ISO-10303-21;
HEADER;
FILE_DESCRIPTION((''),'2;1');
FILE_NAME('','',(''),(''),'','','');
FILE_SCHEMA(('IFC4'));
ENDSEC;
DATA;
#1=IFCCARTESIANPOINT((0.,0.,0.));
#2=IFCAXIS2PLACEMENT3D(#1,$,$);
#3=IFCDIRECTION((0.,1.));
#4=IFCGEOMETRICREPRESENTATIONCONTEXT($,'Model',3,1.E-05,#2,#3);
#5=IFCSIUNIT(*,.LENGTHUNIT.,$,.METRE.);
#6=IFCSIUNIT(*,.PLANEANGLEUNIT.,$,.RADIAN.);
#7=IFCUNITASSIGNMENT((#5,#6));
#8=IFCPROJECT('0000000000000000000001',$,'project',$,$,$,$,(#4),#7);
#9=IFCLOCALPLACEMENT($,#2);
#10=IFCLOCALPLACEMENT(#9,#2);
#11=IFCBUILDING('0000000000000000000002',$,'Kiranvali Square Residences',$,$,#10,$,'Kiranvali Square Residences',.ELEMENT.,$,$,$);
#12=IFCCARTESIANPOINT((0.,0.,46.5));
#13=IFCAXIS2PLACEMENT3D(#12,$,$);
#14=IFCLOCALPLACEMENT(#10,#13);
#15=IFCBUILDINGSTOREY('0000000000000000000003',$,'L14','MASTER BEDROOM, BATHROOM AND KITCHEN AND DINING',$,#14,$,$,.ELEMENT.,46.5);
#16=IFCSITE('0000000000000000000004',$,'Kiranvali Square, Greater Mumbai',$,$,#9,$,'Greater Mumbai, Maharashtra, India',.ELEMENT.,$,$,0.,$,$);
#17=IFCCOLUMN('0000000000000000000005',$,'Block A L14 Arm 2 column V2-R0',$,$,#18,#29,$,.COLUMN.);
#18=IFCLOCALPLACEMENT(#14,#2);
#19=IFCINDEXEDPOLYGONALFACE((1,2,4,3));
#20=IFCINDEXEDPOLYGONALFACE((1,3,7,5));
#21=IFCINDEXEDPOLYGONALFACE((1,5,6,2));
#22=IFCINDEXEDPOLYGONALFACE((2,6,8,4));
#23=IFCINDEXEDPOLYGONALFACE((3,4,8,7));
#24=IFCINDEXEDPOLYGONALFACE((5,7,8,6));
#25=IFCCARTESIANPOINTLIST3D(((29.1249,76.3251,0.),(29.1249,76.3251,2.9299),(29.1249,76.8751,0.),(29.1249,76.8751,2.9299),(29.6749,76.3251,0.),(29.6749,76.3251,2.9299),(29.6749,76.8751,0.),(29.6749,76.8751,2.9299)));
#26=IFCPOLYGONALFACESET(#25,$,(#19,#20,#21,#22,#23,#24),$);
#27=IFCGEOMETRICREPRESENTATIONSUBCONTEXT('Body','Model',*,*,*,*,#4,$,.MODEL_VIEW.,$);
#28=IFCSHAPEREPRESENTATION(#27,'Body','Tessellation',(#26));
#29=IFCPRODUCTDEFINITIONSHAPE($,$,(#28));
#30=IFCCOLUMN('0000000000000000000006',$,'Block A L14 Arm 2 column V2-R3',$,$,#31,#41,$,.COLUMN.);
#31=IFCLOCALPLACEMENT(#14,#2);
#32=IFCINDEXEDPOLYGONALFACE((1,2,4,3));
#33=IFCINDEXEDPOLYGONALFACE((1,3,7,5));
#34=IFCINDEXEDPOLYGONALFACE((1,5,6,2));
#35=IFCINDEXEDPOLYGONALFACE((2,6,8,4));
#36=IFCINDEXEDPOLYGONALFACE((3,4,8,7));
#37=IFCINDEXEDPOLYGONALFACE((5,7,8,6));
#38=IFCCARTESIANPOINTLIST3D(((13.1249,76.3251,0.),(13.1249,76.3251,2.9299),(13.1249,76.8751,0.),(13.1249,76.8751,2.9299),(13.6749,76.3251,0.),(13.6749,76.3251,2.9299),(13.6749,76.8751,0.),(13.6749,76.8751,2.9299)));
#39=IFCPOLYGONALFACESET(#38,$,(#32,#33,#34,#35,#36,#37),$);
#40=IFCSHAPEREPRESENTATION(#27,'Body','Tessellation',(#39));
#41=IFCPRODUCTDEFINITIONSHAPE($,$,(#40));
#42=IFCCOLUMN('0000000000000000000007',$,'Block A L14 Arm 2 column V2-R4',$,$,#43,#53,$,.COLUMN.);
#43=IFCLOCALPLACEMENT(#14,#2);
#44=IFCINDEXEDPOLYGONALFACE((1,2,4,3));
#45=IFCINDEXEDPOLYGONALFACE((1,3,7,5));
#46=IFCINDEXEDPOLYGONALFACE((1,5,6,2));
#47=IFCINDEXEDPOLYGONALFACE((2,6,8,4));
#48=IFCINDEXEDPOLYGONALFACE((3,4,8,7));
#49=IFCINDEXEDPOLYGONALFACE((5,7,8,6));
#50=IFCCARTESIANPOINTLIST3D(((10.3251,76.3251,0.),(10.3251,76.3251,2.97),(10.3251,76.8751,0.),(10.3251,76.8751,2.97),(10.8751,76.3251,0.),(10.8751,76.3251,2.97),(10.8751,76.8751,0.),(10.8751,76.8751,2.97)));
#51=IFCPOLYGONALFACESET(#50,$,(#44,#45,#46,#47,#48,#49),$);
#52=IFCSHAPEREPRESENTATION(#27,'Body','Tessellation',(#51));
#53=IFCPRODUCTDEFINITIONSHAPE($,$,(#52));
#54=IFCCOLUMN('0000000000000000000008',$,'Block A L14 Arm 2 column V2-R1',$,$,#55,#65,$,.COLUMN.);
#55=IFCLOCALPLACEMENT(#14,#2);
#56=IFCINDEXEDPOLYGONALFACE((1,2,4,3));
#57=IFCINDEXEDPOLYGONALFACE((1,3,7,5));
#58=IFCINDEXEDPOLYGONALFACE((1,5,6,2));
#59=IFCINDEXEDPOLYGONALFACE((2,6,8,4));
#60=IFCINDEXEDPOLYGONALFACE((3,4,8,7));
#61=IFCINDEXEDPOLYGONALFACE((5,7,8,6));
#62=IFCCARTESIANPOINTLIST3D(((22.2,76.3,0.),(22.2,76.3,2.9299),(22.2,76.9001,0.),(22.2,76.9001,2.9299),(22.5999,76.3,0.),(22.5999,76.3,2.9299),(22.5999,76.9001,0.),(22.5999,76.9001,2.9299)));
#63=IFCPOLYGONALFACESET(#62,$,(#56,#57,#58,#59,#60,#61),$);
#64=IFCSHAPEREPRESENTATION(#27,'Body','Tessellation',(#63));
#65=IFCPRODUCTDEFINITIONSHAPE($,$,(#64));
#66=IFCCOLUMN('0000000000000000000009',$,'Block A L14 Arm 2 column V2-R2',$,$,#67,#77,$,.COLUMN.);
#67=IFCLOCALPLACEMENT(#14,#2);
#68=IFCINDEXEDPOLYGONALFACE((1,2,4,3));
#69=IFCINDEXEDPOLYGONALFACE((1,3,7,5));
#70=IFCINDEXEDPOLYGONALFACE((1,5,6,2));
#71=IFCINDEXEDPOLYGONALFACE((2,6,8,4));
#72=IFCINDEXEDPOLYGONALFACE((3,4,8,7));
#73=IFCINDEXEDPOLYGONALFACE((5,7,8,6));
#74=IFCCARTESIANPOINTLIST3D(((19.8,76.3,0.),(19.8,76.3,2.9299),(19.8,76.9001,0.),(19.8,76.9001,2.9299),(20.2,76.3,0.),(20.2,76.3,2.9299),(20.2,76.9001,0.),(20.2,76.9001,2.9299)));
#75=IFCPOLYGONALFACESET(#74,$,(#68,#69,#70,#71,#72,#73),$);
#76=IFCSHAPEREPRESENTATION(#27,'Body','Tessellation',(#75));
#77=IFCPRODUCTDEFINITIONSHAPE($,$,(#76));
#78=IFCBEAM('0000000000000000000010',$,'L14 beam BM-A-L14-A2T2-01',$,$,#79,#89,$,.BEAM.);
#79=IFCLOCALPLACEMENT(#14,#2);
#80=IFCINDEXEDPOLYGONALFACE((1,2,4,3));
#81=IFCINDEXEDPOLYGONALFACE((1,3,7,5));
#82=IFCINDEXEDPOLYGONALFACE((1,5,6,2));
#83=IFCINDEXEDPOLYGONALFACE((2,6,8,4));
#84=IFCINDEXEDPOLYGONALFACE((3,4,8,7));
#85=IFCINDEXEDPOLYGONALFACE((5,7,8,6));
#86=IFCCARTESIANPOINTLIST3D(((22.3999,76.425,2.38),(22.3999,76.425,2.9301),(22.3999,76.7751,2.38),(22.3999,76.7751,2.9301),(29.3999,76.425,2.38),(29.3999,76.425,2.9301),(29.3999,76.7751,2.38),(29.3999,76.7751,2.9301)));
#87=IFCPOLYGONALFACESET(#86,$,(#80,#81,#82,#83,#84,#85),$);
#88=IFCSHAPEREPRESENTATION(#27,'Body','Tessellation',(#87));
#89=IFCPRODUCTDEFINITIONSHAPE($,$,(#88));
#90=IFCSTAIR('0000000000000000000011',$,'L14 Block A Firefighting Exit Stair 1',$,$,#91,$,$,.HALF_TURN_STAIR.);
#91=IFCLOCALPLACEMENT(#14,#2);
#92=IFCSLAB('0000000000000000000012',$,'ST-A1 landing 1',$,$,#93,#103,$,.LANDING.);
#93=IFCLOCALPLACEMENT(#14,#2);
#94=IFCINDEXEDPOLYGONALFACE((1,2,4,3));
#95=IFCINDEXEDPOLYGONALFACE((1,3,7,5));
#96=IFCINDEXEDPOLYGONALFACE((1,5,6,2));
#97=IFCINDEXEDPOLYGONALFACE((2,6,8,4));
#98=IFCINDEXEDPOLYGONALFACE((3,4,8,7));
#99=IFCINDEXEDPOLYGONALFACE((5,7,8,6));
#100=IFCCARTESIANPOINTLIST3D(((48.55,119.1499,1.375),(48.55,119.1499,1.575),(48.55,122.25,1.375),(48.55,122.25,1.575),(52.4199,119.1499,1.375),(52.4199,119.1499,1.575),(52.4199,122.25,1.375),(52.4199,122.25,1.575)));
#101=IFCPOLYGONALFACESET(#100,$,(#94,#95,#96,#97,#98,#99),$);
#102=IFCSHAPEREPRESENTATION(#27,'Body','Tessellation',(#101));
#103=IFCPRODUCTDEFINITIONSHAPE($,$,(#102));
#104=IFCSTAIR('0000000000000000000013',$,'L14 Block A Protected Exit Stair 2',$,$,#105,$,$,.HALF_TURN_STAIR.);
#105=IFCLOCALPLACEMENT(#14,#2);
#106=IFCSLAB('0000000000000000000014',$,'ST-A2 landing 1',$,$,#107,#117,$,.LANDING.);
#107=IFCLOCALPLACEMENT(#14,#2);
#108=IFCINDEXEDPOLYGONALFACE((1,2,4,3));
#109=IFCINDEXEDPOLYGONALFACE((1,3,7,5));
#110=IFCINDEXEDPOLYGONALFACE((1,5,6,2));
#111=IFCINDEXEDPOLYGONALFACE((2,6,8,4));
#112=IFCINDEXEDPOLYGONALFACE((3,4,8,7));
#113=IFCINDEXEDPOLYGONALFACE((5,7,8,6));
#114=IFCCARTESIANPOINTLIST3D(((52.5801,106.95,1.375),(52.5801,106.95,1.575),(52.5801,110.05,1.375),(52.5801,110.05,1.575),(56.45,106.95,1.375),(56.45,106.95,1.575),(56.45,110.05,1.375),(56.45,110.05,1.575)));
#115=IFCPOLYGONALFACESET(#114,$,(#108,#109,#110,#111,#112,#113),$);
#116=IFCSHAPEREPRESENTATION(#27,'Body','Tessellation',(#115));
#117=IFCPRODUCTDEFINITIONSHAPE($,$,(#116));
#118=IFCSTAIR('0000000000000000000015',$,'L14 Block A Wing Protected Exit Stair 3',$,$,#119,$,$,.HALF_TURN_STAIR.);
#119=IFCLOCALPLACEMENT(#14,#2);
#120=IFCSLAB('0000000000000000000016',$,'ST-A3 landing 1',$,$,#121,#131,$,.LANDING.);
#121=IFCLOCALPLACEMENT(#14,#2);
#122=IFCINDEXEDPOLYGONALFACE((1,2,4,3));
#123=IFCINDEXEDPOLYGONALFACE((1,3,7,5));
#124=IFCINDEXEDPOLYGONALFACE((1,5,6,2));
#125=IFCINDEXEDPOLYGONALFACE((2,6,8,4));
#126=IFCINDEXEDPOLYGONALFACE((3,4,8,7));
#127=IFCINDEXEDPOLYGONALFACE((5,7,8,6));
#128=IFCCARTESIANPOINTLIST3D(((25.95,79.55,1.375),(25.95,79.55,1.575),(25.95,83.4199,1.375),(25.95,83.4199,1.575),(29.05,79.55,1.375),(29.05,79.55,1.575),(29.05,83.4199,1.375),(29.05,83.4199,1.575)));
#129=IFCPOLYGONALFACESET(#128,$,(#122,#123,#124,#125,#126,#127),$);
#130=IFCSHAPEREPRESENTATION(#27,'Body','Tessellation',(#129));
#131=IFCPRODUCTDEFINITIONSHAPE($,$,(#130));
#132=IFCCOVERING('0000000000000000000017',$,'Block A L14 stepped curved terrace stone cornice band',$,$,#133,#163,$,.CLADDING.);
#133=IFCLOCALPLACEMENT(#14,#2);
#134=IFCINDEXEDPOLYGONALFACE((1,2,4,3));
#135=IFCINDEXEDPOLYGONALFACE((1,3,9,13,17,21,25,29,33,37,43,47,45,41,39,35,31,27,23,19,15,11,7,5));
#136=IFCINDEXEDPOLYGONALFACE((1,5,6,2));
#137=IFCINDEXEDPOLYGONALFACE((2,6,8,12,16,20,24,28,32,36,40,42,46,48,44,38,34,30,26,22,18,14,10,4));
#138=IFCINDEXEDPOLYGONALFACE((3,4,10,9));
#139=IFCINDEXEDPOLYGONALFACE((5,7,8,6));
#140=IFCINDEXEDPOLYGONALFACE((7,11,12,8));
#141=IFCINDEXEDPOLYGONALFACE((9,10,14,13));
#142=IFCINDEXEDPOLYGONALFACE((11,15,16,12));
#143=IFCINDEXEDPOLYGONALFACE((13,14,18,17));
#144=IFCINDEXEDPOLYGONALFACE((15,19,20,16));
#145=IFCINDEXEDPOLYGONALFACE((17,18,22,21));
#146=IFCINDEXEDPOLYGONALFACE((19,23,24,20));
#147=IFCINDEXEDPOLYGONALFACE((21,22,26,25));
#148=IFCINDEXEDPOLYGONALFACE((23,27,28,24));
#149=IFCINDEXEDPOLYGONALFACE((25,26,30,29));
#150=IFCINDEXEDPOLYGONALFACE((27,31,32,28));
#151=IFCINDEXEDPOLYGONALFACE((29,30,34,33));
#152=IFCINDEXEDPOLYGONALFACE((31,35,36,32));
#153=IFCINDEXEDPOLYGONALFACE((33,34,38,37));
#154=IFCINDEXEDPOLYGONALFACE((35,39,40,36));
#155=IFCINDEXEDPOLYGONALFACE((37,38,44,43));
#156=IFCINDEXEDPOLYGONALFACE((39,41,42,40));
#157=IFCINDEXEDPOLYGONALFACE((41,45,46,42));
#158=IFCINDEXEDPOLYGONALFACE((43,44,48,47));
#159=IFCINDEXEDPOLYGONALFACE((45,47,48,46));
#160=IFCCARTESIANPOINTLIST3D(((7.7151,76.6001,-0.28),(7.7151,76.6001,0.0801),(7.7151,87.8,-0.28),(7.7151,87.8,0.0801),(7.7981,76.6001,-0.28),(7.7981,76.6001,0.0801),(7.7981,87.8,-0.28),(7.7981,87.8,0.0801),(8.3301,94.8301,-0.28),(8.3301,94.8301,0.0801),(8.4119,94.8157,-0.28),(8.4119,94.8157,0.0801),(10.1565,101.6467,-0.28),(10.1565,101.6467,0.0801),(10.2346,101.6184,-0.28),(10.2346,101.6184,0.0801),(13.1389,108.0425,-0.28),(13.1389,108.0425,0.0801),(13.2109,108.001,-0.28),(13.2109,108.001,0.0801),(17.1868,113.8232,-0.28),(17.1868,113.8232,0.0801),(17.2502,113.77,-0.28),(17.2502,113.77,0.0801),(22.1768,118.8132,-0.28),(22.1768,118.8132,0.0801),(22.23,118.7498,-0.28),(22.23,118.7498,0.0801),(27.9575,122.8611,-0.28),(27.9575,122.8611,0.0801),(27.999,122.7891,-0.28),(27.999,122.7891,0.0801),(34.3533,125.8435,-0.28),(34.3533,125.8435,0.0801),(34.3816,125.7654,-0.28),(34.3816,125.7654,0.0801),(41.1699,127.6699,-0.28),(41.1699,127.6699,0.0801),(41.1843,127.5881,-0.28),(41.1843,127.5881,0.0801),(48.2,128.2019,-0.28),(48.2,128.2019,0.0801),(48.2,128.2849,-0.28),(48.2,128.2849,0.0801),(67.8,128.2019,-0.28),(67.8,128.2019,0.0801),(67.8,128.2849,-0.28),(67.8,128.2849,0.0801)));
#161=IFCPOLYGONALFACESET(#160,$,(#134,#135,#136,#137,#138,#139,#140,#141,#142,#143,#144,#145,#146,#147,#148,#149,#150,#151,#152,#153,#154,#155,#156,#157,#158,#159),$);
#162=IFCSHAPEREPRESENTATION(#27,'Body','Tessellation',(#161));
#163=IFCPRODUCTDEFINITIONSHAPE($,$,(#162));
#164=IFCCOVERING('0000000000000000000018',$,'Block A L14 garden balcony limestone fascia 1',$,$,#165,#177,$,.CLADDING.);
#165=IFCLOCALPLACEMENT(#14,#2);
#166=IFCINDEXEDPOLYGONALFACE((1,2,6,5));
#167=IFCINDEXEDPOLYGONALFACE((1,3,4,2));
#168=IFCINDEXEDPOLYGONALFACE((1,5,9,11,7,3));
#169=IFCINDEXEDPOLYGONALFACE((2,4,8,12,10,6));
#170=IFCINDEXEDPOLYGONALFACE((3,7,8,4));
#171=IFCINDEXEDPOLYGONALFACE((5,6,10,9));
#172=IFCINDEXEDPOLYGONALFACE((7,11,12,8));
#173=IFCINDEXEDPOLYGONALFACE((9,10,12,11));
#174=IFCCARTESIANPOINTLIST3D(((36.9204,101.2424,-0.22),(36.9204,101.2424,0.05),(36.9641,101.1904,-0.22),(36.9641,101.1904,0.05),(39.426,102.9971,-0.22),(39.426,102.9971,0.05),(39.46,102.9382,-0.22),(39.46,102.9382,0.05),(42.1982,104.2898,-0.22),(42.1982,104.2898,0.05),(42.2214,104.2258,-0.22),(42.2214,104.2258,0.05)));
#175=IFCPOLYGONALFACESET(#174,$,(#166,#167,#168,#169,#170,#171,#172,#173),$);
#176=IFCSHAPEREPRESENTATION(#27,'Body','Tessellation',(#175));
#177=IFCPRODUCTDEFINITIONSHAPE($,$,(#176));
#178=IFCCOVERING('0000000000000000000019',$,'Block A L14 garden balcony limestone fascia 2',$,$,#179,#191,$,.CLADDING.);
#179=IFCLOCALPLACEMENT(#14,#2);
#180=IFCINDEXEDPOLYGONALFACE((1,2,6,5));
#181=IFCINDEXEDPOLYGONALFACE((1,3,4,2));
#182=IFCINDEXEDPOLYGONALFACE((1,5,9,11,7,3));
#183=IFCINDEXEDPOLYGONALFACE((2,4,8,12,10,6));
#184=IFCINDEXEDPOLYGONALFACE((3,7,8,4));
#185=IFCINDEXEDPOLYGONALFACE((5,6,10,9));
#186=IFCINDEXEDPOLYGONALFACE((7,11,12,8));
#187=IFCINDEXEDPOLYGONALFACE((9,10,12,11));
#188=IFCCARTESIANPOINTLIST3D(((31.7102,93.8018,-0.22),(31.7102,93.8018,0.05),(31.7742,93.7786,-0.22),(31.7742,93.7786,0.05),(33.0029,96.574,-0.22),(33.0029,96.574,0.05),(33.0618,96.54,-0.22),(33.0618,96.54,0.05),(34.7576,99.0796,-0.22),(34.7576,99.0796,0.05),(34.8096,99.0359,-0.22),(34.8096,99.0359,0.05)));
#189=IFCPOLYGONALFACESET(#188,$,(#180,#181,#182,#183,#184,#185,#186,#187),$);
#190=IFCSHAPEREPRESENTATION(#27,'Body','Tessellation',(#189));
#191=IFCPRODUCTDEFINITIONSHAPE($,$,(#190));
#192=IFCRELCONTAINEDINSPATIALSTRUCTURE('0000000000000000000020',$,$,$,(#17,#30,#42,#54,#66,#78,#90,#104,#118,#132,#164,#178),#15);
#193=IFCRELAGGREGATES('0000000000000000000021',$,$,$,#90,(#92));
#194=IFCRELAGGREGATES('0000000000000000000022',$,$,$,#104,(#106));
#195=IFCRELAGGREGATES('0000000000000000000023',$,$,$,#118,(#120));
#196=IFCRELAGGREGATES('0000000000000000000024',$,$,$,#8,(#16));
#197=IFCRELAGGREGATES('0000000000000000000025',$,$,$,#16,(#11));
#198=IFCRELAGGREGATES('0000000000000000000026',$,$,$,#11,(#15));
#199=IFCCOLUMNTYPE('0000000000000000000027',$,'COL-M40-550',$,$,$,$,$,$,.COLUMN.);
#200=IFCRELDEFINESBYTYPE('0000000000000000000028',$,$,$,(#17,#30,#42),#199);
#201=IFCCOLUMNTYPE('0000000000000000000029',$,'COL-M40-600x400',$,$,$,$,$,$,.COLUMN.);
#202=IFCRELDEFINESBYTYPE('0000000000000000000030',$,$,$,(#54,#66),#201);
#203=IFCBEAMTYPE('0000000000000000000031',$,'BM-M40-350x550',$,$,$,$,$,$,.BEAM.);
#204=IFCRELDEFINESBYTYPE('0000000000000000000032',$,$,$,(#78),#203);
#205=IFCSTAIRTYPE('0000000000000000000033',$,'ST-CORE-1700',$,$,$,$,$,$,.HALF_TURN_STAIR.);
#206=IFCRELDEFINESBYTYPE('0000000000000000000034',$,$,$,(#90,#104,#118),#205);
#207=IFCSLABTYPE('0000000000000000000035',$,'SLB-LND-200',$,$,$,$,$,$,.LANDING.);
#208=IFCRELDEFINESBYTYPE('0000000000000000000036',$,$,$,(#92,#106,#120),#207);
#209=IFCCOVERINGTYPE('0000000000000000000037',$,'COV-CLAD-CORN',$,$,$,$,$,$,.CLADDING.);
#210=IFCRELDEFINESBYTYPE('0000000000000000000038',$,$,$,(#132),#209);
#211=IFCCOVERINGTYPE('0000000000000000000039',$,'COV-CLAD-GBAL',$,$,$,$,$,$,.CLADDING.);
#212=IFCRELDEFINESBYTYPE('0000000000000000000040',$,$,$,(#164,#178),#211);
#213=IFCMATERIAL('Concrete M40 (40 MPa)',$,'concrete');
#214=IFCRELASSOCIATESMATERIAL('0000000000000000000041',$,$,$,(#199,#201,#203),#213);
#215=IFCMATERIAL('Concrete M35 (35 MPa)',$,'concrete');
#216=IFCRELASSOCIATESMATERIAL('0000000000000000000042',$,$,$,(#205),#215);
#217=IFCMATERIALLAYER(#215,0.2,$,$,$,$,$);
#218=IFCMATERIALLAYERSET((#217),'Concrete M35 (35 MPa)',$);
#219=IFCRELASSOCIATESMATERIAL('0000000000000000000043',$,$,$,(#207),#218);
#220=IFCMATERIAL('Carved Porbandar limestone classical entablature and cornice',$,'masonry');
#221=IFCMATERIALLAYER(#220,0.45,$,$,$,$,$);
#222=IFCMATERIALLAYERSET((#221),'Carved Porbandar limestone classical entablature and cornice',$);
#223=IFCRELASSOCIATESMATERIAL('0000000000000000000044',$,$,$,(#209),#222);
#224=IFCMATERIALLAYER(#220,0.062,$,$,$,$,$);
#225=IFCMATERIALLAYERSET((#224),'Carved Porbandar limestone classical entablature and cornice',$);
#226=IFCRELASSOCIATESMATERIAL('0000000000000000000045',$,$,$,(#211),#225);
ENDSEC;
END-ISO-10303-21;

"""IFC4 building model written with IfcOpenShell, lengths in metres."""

from ifc_helpers import new_model, si_unit, direction, frame, origin, origin_2d, place, context, subcontext, project, spatial, polyline, rectangle, outline, extrude, material, layer, layer_set, material_profile, profile_set, type_object, element, aggregate, save


model = new_model("IFC4")

# Units and contexts
model_context = context("Model", 3, precision=1e-05, world=origin(), true_north=direction((0.0, 1.0)))
body_context = subcontext(model_context, "Body", "Model", "MODEL_VIEW")
ifc_project = project(units=[si_unit("LENGTHUNIT", "METRE"), si_unit("PLANEANGLEUNIT", "RADIAN")], contexts=[model_context])

# Site, building, storey
site_placement = place(None, origin())
site = spatial("IfcSite", under=ifc_project, at=site_placement, Name="Kiranvali Square, Greater Mumbai", LongName="Greater Mumbai, Maharashtra, India", CompositionType="ELEMENT", RefElevation=0.0)
building_placement = place(site_placement, origin())
building = spatial("IfcBuilding", under=site, at=building_placement, Name="Kiranvali Square Residences", LongName="Kiranvali Square Residences", CompositionType="ELEMENT")
storey_placement = place(building_placement, frame((0.0, 0.0, 46.5)))
storey = spatial("IfcBuildingStorey", under=building, at=storey_placement, Name="L14", Description="MASTER BEDROOM, BATHROOM AND KITCHEN AND DINING", CompositionType="ELEMENT", Elevation=46.5)

# Columns
ifc_material_1 = material(Name="Concrete M40 (40 MPa)", Category="concrete")
ifc_material_profile_1 = material_profile(ifc_material_1, rectangle(XDim=0.55, YDim=0.55, at=origin_2d()), Name="RC 550x550")
ifc_profile_set_1 = profile_set([ifc_material_profile_1], Name="Concrete M40 (40 MPa)")
column_type_1 = type_object("IfcColumnType", Name="COL-M40-550", PredefinedType="COLUMN", material=ifc_profile_set_1)
for number, where, z_axis, x_axis, name in (
    (1, (29.3999, 76.6001, 0.0), (0.0, 0.0, 1.0), (1.0, 0.0, 0.0), "Block A L14 Arm 2 column V2-R0"),
    (2, (13.3999, 76.6001, 0.0), (0.0, 0.0, 1.0), (1.0, 0.0, 0.0), "Block A L14 Arm 2 column V2-R3"),
):
    element("IfcColumn", number, at=place(storey_placement, frame(where, z_axis=z_axis, x_axis=x_axis)), inside=storey, type_object=column_type_1, Name=name, PredefinedType="COLUMN", context=body_context, shape_type="SweptSolid", body=[
        extrude(rectangle(XDim=0.55, YDim=0.55, at=origin_2d()), origin(), (0.0, 0.0, 1.0), 2.9299),
    ])
column_placement = place(storey_placement, frame((10.6001, 76.6001, 0.0), z_axis=(0.0, 0.0, 1.0), x_axis=(1.0, 0.0, 0.0)))
element("IfcColumn", 3, at=column_placement, inside=storey, type_object=column_type_1, Name="Block A L14 Arm 2 column V2-R4", PredefinedType="COLUMN", context=body_context, shape_type="SweptSolid", body=[
    extrude(rectangle(XDim=0.55, YDim=0.55, at=origin_2d()), origin(), (0.0, 0.0, 1.0), 2.97),
])
ifc_material_profile_2 = material_profile(ifc_material_1, rectangle(XDim=0.3999, YDim=0.6001, at=origin_2d()), Name="RC 600x400")
ifc_profile_set_2 = profile_set([ifc_material_profile_2], Name="Concrete M40 (40 MPa)")
column_type_2 = type_object("IfcColumnType", Name="COL-M40-600x400", PredefinedType="COLUMN", material=ifc_profile_set_2)
for number, where, z_axis, x_axis, name in (
    (4, (22.3999, 76.6001, 0.0), (0.0, 0.0, 1.0), (1.0, 0.0, 0.0), "Block A L14 Arm 2 column V2-R1"),
    (5, (20.0, 76.6001, 0.0), (0.0, 0.0, 1.0), (1.0, 0.0, 0.0), "Block A L14 Arm 2 column V2-R2"),
):
    element("IfcColumn", number, at=place(storey_placement, frame(where, z_axis=z_axis, x_axis=x_axis)), inside=storey, type_object=column_type_2, Name=name, PredefinedType="COLUMN", context=body_context, shape_type="SweptSolid", body=[
        extrude(rectangle(XDim=0.3999, YDim=0.6001, at=origin_2d()), origin(), (0.0, 0.0, 1.0), 2.9299),
    ])

# Beam
ifc_material_profile_3 = material_profile(ifc_material_1, rectangle(XDim=0.3501, YDim=0.55, at=origin_2d()), Name="RC 350x550")
ifc_profile_set_3 = profile_set([ifc_material_profile_3], Name="Concrete M40 (40 MPa)")
beam_type = type_object("IfcBeamType", Name="BM-M40-350x550", PredefinedType="BEAM", material=ifc_profile_set_3)
beam_placement = place(storey_placement, frame((29.3999, 76.6001, 2.655), z_axis=(-1.0, 0.0, 0.0), x_axis=(0.0, -1.0, 0.0)))
element("IfcBeam", 6, at=beam_placement, inside=storey, type_object=beam_type, Name="L14 beam BM-A-L14-A2T2-01", PredefinedType="BEAM", context=body_context, shape_type="SweptSolid", body=[
    extrude(rectangle(XDim=0.3501, YDim=0.55, at=origin_2d()), origin(), (0.0, 0.0, 1.0), 7.0),
])

# Stairs, slabs
ifc_material_2 = material(Name="Concrete M35 (35 MPa)", Category="concrete")
stair_type = type_object("IfcStairType", Name="ST-CORE-1700", PredefinedType="HALF_TURN_STAIR", material=ifc_material_2)
stair_1_placement = place(storey_placement, origin())
stair_1 = element("IfcStair", 7, at=stair_1_placement, inside=storey, type_object=stair_type, Name="L14 Block A Firefighting Exit Stair 1", PredefinedType="HALF_TURN_STAIR")
ifc_layer_1 = layer(ifc_material_2, 0.2)
ifc_layer_set_1 = layer_set([ifc_layer_1], Name="Concrete M35 (35 MPa)")
slab_type = type_object("IfcSlabType", Name="SLB-LND-200", PredefinedType="LANDING", material=ifc_layer_set_1)
slab_1_placement = place(storey_placement, frame((0.0, 0.0, 1.375)))
slab_1 = element("IfcSlab", 8, at=slab_1_placement, type_object=slab_type, Name="ST-A1 landing 1", PredefinedType="LANDING", context=body_context, shape_type="SweptSolid", body=[
    extrude(outline(polyline([(52.4199, 122.25), (48.55, 122.25), (48.55, 119.1499), (52.4199, 119.1499), (52.4199, 122.25)])), origin(), (0.0, 0.0, 1.0), 0.2),
])
aggregate(stair_1, [slab_1])
stair_2_placement = place(storey_placement, origin())
stair_2 = element("IfcStair", 9, at=stair_2_placement, inside=storey, type_object=stair_type, Name="L14 Block A Protected Exit Stair 2", PredefinedType="HALF_TURN_STAIR")
slab_2_placement = place(storey_placement, frame((0.0, 0.0, 1.375)))
slab_2 = element("IfcSlab", 10, at=slab_2_placement, type_object=slab_type, Name="ST-A2 landing 1", PredefinedType="LANDING", context=body_context, shape_type="SweptSolid", body=[
    extrude(outline(polyline([(52.5801, 106.95), (56.45, 106.95), (56.45, 110.05), (52.5801, 110.05), (52.5801, 106.95)])), origin(), (0.0, 0.0, 1.0), 0.2),
])
aggregate(stair_2, [slab_2])
stair_3_placement = place(storey_placement, origin())
stair_3 = element("IfcStair", 11, at=stair_3_placement, inside=storey, type_object=stair_type, Name="L14 Block A Wing Protected Exit Stair 3", PredefinedType="HALF_TURN_STAIR")
slab_3_placement = place(storey_placement, frame((0.0, 0.0, 1.375)))
slab_3 = element("IfcSlab", 12, at=slab_3_placement, type_object=slab_type, Name="ST-A3 landing 1", PredefinedType="LANDING", context=body_context, shape_type="SweptSolid", body=[
    extrude(outline(polyline([(25.95, 83.4199), (25.95, 79.55), (29.05, 79.55), (29.05, 83.4199), (25.95, 83.4199)])), origin(), (0.0, 0.0, 1.0), 0.2),
])
aggregate(stair_3, [slab_3])

# Coverings
ifc_material_3 = material(Name="Carved Porbandar limestone classical entablature and cornice", Category="masonry")
ifc_layer_2 = layer(ifc_material_3, 0.45)
ifc_layer_set_2 = layer_set([ifc_layer_2], Name="Carved Porbandar limestone classical entablature and cornice")
covering_type_1 = type_object("IfcCoveringType", Name="COV-CLAD-CORN", PredefinedType="CLADDING", material=ifc_layer_set_2)
covering_1_placement = place(storey_placement, frame((0.0, 0.0, -0.28)))
element("IfcCovering", 13, at=covering_1_placement, inside=storey, type_object=covering_type_1, Name="Block A L14 stepped curved terrace stone cornice band", PredefinedType="CLADDING", context=body_context, shape_type="SweptSolid", body=[
    extrude(outline(polyline([(67.8, 128.2849), (48.2, 128.2849), (41.1699, 127.6699), (34.3533, 125.8435), (27.9575, 122.8611), (22.1768, 118.8132), (17.1868, 113.8232), (13.1389, 108.0425), (10.1565, 101.6467), (8.3301, 94.8301), (7.7151, 87.8), (7.7151, 76.6001), (7.7981, 76.6001), (7.7981, 87.8), (8.4119, 94.8157), (10.2346, 101.6184), (13.2109, 108.001), (17.2502, 113.77), (22.23, 118.7498), (27.999, 122.7891), (34.3816, 125.7654), (41.1843, 127.5881), (48.2, 128.2019), (67.8, 128.2019), (67.8, 128.2849)])), origin(), (0.0, 0.0, 1.0), 0.3601),
])
ifc_layer_3 = layer(ifc_material_3, 0.062)
ifc_layer_set_3 = layer_set([ifc_layer_3], Name="Carved Porbandar limestone classical entablature and cornice")
covering_type_2 = type_object("IfcCoveringType", Name="COV-CLAD-GBAL", PredefinedType="CLADDING", material=ifc_layer_set_3)
covering_2_placement = place(storey_placement, frame((0.0, 0.0, -0.22)))
element("IfcCovering", 14, at=covering_2_placement, inside=storey, type_object=covering_type_2, Name="Block A L14 garden balcony limestone fascia 1", PredefinedType="CLADDING", context=body_context, shape_type="SweptSolid", body=[
    extrude(outline(polyline([(42.1982, 104.2898), (39.426, 102.9971), (36.9204, 101.2424), (36.9641, 101.1904), (39.46, 102.9382), (42.2214, 104.2258), (42.1982, 104.2898)])), origin(), (0.0, 0.0, 1.0), 0.27),
])
covering_3_placement = place(storey_placement, frame((0.0, 0.0, -0.22)))
element("IfcCovering", 15, at=covering_3_placement, inside=storey, type_object=covering_type_2, Name="Block A L14 garden balcony limestone fascia 2", PredefinedType="CLADDING", context=body_context, shape_type="SweptSolid", body=[
    extrude(outline(polyline([(34.7576, 99.0796), (33.0029, 96.574), (31.7102, 93.8018), (31.7742, 93.7786), (33.0618, 96.54), (34.8096, 99.0359), (34.7576, 99.0796)])), origin(), (0.0, 0.0, 1.0), 0.27),
])

save(model, "model.ifc")
